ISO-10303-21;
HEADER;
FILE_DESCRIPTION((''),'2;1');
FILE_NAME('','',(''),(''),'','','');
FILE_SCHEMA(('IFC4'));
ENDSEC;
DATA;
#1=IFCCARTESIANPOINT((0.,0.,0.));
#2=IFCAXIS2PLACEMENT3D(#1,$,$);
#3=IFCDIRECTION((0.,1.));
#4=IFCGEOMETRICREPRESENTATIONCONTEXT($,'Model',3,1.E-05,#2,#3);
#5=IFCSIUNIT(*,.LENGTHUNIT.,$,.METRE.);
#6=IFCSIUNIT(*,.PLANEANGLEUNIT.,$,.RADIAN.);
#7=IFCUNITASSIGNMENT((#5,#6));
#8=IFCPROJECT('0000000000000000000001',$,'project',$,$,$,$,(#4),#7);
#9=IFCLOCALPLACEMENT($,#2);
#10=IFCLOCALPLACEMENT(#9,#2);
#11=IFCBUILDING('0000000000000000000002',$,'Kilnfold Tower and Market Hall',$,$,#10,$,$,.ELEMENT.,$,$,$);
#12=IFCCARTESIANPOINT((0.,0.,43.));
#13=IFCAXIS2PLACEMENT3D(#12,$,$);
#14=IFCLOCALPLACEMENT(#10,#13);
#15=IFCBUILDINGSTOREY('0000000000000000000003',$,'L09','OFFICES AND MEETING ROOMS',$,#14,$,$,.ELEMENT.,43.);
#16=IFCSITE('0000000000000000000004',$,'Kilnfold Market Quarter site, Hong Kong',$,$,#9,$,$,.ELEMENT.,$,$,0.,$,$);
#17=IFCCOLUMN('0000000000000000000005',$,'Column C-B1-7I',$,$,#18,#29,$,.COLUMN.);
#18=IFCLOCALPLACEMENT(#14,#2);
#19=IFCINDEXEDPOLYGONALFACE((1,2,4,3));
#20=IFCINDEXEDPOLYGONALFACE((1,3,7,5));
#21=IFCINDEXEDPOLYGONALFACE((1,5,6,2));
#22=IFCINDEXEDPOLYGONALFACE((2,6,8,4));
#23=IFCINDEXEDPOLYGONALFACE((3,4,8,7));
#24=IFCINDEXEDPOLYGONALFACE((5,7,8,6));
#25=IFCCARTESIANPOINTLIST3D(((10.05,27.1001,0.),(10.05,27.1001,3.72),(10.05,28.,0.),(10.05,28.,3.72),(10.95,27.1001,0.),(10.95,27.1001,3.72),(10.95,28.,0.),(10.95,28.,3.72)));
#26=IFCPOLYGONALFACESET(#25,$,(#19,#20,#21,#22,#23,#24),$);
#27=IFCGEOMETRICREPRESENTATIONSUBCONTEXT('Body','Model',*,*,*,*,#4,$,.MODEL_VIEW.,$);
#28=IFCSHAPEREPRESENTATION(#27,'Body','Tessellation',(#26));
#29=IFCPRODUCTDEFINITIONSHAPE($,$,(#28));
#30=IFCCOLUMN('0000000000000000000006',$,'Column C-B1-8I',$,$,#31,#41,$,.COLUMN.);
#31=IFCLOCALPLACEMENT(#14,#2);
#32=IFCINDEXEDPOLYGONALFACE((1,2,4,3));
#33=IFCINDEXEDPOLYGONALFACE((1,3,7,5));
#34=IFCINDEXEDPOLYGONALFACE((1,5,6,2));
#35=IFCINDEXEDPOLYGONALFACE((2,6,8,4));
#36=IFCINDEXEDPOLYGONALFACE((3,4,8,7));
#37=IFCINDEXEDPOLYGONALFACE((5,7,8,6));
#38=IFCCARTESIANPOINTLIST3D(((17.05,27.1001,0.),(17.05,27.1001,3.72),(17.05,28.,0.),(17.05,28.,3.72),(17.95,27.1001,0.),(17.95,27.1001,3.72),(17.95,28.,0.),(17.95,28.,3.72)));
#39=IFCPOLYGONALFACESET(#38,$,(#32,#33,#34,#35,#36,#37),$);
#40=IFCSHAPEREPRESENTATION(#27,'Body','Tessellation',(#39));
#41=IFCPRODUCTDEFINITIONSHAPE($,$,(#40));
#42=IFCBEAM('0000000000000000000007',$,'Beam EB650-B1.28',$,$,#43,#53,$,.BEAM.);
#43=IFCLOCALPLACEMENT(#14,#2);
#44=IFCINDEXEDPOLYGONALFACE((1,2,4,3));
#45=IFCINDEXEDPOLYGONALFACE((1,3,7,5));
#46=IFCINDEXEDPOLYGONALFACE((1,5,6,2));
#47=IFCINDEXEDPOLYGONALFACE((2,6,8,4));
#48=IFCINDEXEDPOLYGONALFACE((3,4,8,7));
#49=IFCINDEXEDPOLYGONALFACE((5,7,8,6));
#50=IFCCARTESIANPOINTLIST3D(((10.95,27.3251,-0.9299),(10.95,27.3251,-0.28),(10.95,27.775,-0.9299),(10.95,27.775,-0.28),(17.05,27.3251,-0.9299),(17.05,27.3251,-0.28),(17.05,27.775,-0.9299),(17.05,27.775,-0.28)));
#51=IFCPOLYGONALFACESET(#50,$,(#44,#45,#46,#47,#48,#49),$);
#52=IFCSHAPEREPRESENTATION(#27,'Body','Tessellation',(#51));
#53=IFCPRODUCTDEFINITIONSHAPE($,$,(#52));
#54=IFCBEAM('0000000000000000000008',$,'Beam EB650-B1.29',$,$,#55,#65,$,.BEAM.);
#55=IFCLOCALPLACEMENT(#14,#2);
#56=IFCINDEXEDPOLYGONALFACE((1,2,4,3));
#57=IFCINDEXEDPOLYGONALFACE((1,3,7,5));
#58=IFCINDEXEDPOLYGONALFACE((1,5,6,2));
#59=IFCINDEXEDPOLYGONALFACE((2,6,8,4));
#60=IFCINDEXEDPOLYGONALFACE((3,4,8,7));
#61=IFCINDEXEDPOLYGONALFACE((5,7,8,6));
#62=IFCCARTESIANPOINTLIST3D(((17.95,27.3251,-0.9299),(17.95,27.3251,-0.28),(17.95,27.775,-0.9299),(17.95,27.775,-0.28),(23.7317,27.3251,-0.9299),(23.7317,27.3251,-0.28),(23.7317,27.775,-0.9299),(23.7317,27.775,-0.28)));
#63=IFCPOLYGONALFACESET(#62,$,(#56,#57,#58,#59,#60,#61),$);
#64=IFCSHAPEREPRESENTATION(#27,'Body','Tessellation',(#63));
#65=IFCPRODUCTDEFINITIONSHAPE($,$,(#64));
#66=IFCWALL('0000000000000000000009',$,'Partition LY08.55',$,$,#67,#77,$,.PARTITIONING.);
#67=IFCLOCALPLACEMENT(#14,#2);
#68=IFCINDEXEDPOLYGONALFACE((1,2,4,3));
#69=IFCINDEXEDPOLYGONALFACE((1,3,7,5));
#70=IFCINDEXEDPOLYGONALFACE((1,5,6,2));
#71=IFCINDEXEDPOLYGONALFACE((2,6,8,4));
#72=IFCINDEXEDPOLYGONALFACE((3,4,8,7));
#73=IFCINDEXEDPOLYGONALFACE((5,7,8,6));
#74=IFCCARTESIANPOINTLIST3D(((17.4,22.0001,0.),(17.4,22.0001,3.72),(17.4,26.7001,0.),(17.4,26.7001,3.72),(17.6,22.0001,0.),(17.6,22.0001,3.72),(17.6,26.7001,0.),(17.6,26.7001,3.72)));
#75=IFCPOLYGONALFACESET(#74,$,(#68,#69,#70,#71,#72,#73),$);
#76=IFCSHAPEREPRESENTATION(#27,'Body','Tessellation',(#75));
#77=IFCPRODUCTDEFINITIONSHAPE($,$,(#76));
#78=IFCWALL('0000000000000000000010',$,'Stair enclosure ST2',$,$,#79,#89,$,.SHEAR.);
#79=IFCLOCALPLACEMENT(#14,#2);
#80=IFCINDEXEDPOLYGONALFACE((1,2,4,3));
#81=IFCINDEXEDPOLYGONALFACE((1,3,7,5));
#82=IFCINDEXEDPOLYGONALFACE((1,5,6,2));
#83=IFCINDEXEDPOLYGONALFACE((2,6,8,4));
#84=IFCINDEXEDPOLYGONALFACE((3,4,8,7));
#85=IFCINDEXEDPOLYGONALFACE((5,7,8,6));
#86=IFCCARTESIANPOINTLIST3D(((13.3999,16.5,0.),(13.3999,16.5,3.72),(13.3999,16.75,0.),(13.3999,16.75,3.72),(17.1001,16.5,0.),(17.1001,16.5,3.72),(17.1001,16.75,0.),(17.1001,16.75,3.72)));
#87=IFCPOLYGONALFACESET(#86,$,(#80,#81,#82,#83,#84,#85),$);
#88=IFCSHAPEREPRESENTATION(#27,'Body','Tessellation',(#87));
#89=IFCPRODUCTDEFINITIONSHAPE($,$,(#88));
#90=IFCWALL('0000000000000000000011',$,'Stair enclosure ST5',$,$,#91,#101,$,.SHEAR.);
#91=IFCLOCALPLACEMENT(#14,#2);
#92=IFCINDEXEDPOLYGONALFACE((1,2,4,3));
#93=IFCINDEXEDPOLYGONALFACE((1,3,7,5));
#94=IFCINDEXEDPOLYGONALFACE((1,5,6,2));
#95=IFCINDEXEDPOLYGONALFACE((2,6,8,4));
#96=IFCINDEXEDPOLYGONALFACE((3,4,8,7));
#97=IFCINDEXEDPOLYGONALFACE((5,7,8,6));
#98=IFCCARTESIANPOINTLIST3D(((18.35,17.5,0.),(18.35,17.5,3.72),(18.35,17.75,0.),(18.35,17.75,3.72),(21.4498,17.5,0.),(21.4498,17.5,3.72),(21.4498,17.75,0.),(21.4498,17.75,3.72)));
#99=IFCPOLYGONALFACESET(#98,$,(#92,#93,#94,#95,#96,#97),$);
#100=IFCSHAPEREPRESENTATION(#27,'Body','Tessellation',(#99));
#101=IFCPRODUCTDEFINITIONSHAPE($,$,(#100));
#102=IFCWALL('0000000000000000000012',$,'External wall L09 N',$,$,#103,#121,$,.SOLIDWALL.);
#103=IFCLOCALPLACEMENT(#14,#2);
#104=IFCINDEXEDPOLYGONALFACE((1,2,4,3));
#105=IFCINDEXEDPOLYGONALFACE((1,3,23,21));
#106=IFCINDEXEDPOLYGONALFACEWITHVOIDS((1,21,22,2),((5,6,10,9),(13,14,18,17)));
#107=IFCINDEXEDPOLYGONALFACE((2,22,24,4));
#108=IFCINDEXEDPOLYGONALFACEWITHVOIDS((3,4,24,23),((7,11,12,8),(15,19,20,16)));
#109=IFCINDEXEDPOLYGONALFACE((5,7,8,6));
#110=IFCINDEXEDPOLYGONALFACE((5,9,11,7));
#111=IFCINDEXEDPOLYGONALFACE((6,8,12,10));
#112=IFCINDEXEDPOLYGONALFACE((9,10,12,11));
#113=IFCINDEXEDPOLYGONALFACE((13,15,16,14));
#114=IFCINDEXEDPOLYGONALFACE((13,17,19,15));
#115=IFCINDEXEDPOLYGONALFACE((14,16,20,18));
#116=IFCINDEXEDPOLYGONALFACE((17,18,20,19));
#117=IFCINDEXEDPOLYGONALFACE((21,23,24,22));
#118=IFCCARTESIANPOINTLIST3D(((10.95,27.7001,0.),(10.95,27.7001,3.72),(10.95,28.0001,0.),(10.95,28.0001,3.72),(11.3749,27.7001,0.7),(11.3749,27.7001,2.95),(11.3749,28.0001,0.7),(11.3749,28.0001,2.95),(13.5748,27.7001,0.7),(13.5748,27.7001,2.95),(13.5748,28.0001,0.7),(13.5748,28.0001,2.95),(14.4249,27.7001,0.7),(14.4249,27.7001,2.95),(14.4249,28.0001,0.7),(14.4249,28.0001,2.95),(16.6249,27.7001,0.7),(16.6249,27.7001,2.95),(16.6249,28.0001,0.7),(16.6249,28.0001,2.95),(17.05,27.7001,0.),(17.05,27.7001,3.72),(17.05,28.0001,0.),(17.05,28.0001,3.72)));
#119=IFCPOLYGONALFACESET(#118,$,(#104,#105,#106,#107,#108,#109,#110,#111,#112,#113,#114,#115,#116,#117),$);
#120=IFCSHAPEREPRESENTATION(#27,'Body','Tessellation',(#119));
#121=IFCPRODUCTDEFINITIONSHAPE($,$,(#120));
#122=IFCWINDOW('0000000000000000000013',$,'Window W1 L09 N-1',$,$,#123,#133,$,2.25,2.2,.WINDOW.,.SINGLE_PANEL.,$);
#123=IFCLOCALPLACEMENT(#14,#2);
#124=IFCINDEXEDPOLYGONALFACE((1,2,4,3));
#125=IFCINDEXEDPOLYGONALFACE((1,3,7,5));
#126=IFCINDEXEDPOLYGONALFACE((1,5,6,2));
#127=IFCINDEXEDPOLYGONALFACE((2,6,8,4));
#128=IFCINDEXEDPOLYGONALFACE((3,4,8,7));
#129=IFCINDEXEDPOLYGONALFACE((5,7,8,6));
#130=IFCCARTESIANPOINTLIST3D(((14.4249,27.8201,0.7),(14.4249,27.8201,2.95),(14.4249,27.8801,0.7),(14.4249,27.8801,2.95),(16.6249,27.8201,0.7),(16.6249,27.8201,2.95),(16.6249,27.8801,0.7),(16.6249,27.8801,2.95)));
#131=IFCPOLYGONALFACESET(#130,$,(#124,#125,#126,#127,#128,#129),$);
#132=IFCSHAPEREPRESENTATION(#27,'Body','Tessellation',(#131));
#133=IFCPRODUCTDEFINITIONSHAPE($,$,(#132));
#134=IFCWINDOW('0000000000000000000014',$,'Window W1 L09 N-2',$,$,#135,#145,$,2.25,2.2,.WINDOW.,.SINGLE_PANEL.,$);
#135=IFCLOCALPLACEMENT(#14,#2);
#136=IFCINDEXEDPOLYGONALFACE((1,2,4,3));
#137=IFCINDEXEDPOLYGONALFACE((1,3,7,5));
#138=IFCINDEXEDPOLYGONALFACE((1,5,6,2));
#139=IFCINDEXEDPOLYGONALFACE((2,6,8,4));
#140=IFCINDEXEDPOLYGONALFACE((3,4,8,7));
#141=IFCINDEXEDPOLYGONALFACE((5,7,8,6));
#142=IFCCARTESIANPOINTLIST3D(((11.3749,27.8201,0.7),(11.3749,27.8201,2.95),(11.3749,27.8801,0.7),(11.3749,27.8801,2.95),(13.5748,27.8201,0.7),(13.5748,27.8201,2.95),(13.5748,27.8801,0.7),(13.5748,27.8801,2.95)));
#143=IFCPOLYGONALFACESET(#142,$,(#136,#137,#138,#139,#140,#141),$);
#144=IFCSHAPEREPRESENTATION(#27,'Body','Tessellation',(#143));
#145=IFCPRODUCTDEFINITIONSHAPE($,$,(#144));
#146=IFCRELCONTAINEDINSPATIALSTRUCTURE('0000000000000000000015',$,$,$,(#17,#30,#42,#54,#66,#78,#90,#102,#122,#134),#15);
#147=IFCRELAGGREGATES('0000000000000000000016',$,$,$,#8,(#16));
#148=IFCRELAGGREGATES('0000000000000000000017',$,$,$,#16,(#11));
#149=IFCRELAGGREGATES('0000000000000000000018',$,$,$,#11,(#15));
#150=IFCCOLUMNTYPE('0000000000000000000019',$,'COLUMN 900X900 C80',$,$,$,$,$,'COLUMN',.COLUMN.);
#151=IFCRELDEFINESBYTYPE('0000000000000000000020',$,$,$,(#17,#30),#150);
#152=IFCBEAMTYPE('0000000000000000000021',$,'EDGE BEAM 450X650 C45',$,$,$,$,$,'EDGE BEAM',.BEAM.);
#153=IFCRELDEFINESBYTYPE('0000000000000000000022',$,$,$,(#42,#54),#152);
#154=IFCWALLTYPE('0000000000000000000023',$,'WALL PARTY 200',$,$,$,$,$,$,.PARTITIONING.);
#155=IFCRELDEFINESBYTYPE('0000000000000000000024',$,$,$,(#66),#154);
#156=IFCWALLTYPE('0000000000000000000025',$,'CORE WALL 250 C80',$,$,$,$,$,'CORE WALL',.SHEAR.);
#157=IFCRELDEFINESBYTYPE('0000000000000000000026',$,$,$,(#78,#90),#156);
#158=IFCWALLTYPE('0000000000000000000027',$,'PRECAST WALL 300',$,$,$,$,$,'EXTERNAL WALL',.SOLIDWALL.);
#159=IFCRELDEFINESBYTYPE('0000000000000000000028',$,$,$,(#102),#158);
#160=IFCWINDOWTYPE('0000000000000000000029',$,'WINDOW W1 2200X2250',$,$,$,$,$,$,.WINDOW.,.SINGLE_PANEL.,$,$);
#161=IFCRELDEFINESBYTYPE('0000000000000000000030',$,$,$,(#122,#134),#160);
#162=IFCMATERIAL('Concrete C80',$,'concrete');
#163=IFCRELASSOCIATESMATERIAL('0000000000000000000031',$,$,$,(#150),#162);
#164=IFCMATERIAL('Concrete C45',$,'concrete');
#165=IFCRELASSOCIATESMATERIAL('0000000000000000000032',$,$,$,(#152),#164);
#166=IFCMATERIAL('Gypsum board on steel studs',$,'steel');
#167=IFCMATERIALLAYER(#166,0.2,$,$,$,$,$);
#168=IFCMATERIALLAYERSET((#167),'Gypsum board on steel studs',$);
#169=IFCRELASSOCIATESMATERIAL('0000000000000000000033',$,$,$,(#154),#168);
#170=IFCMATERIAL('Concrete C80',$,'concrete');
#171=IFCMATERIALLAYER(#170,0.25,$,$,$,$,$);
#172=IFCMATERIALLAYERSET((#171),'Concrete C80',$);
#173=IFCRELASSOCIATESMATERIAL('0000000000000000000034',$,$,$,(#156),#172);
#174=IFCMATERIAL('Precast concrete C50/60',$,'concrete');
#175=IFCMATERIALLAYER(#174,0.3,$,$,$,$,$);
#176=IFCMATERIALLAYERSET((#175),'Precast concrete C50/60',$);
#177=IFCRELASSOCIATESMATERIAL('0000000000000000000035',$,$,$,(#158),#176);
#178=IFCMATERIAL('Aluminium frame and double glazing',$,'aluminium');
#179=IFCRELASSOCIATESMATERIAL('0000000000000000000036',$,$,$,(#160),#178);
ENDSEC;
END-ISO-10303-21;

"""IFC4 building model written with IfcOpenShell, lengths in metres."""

from ifc_helpers import new_model, si_unit, direction, frame, frame_2d, origin, origin_2d, place, context, subcontext, project, spatial, rectangle, extrude, source, transform, mapped, material, layer, layer_set, material_profile, profile_set, type_object, element, fill, save


model = new_model("IFC4")

# Units and contexts
model_context = context("Model", 3, precision=1e-05, world=origin(), true_north=direction((0.0, 1.0)))
body_context = subcontext(model_context, "Body", "Model", "MODEL_VIEW")
ifc_project = project(units=[si_unit("LENGTHUNIT", "METRE"), si_unit("PLANEANGLEUNIT", "RADIAN")], contexts=[model_context])

# Site, building, storey
site_placement = place(None, origin())
site = spatial("IfcSite", under=ifc_project, at=site_placement, Name="Kilnfold Market Quarter site, Hong Kong", CompositionType="ELEMENT", RefElevation=0.0)
building_placement = place(site_placement, origin())
building = spatial("IfcBuilding", under=site, at=building_placement, Name="Kilnfold Tower and Market Hall", CompositionType="ELEMENT")
storey_placement = place(building_placement, frame((0.0, 0.0, 43.0)))
storey = spatial("IfcBuildingStorey", under=building, at=storey_placement, Name="L09", Description="OFFICES AND MEETING ROOMS", CompositionType="ELEMENT", Elevation=43.0)

# Columns
ifc_material_1 = material(Name="Concrete C80", Category="concrete")
ifc_material_profile_1 = material_profile(ifc_material_1, rectangle(XDim=0.8999, YDim=0.8999, at=origin_2d()), Name="RC 900x900")
ifc_profile_set_1 = profile_set([ifc_material_profile_1], Name="Concrete C80")
column_type = type_object("IfcColumnType", Name="COLUMN 900X900 C80", ElementType="COLUMN", PredefinedType="COLUMN", material=ifc_profile_set_1)
shared_shape_1 = source(origin(), body_context, "Body", "SweptSolid", [
    extrude(rectangle(XDim=0.8999, YDim=0.8999, at=origin_2d()), origin(), (0.0, 0.0, 1.0), 3.72),
])
for number, where, z_axis, x_axis, name in (
    (1, (10.5, 27.55, 0.0), (0.0, 0.0, 1.0), (1.0, 0.0, 0.0), "Column C-B1-7I"),
    (2, (17.5, 27.55, 0.0), (0.0, 0.0, 1.0), (1.0, 0.0, 0.0), "Column C-B1-8I"),
):
    element("IfcColumn", number, at=place(storey_placement, frame(where, z_axis=z_axis, x_axis=x_axis)), inside=storey, type_object=column_type, Name=name, PredefinedType="COLUMN", context=body_context, shape_type="MappedRepresentation", body=[
        mapped(shared_shape_1, transform((0.0, 0.0, 0.0))),
    ])

# Beams
ifc_material_2 = material(Name="Concrete C45", Category="concrete")
ifc_material_profile_2 = material_profile(ifc_material_2, rectangle(XDim=0.45, YDim=0.6499, at=origin_2d()), Name="RC 450x650")
ifc_profile_set_2 = profile_set([ifc_material_profile_2], Name="Concrete C45")
beam_type = type_object("IfcBeamType", Name="EDGE BEAM 450X650 C45", ElementType="EDGE BEAM", PredefinedType="BEAM", material=ifc_profile_set_2)
shared_shape_2 = source(origin(), body_context, "Body", "SweptSolid", [
    extrude(rectangle(XDim=0.45, YDim=0.6499, at=origin_2d()), origin(), (0.0, 0.0, 1.0), 6.1001),
])
beam_1_placement = place(storey_placement, frame((10.95, 27.55, -0.605), z_axis=(1.0, 0.0, 0.0), x_axis=(0.0, 1.0, 0.0)))
element("IfcBeam", 3, at=beam_1_placement, inside=storey, type_object=beam_type, Name="Beam EB650-B1.28", PredefinedType="BEAM", context=body_context, shape_type="MappedRepresentation", body=[
    mapped(shared_shape_2, transform((0.0, 0.0, 0.0))),
])
shared_shape_3 = source(origin(), body_context, "Body", "SweptSolid", [
    extrude(rectangle(XDim=0.45, YDim=0.6499, at=origin_2d()), origin(), (0.0, 0.0, 1.0), 5.7817),
])
beam_2_placement = place(storey_placement, frame((17.95, 27.55, -0.605), z_axis=(1.0, 0.0, 0.0), x_axis=(0.0, 1.0, 0.0)))
element("IfcBeam", 4, at=beam_2_placement, inside=storey, type_object=beam_type, Name="Beam EB650-B1.29", PredefinedType="BEAM", context=body_context, shape_type="MappedRepresentation", body=[
    mapped(shared_shape_3, transform((0.0, 0.0, 0.0))),
])

# Walls
ifc_material_3 = material(Name="Gypsum board on steel studs", Category="steel")
ifc_layer_1 = layer(ifc_material_3, 0.2)
ifc_layer_set_1 = layer_set([ifc_layer_1], Name="Gypsum board on steel studs")
wall_type_1 = type_object("IfcWallType", Name="WALL PARTY 200", PredefinedType="PARTITIONING", material=ifc_layer_set_1)
wall_1_placement = place(storey_placement, frame((17.5, 22.0, 0.0), z_axis=(0.0, 0.0, 1.0), x_axis=(0.0, 1.0, 0.0)))
element("IfcWall", 5, at=wall_1_placement, inside=storey, type_object=wall_type_1, Name="Partition LY08.55", PredefinedType="PARTITIONING", context=body_context, shape_type="SweptSolid", body=[
    extrude(rectangle(XDim=4.7, YDim=0.2, at=frame_2d((2.3501, 0.0))), origin(), (0.0, 0.0, 1.0), 3.72),
])
ifc_material_4 = material(Name="Concrete C80", Category="concrete")
ifc_layer_2 = layer(ifc_material_4, 0.25)
ifc_layer_set_2 = layer_set([ifc_layer_2], Name="Concrete C80")
wall_type_2 = type_object("IfcWallType", Name="CORE WALL 250 C80", ElementType="CORE WALL", PredefinedType="SHEAR", material=ifc_layer_set_2)
shared_shape_4 = source(origin(), body_context, "Body", "SweptSolid", [
    extrude(rectangle(XDim=3.7002, YDim=0.25, at=frame_2d((1.8501, 0.0))), origin(), (0.0, 0.0, 1.0), 3.72),
])
wall_2_placement = place(storey_placement, frame((13.3999, 16.625, 0.0), z_axis=(0.0, 0.0, 1.0), x_axis=(1.0, 0.0, 0.0)))
element("IfcWall", 6, at=wall_2_placement, inside=storey, type_object=wall_type_2, Name="Stair enclosure ST2", PredefinedType="SHEAR", context=body_context, shape_type="MappedRepresentation", body=[
    mapped(shared_shape_4, transform((0.0, 0.0, 0.0))),
])
shared_shape_5 = source(origin(), body_context, "Body", "SweptSolid", [
    extrude(rectangle(XDim=3.0999, YDim=0.25, at=frame_2d((1.5498, 0.0))), origin(), (0.0, 0.0, 1.0), 3.72),
])
wall_3_placement = place(storey_placement, frame((18.3501, 17.625, 0.0), z_axis=(0.0, 0.0, 1.0), x_axis=(1.0, 0.0, 0.0)))
element("IfcWall", 7, at=wall_3_placement, inside=storey, type_object=wall_type_2, Name="Stair enclosure ST5", PredefinedType="SHEAR", context=body_context, shape_type="MappedRepresentation", body=[
    mapped(shared_shape_5, transform((0.0, 0.0, 0.0))),
])

# Wall, openings, windows
ifc_material_5 = material(Name="Precast concrete C50/60", Category="concrete")
ifc_layer_3 = layer(ifc_material_5, 0.3)
ifc_layer_set_3 = layer_set([ifc_layer_3], Name="Precast concrete C50/60")
wall_type_3 = type_object("IfcWallType", Name="PRECAST WALL 300", ElementType="EXTERNAL WALL", PredefinedType="SOLIDWALL", material=ifc_layer_set_3)
shared_shape_6 = source(origin(), body_context, "Body", "SweptSolid", [
    extrude(rectangle(XDim=6.1001, YDim=0.3, at=frame_2d((3.05, 0.0))), origin(), (0.0, 0.0, 1.0), 3.72),
])
wall_4_placement = place(storey_placement, frame((17.05, 27.8501, 0.0), z_axis=(0.0, 0.0, 1.0), x_axis=(-1.0, 0.0, 0.0)))
wall_4 = element("IfcWall", 8, at=wall_4_placement, inside=storey, type_object=wall_type_3, Name="External wall L09 N", PredefinedType="SOLIDWALL", context=body_context, shape_type="MappedRepresentation", body=[
    mapped(shared_shape_6, transform((0.0, 0.0, 0.0))),
])
opening_1_placement = place(wall_4_placement, frame((0.425, 0.0, 0.7)))
opening_1 = element("IfcOpeningElement", 9, at=opening_1_placement, cuts=wall_4, PredefinedType="OPENING", context=body_context, shape_type="SweptSolid", body=[
    extrude(rectangle(XDim=2.2, YDim=2.25, at=frame_2d((1.1001, 1.125))), frame((0.0, 0.1602, 0.0), z_axis=(0.0, -1.0, 0.0), x_axis=(1.0, 0.0, 0.0)), (0.0, 0.0, 1.0), 0.3201),
])
opening_2_placement = place(wall_4_placement, frame((3.4751, 0.0, 0.7)))
opening_2 = element("IfcOpeningElement", 10, at=opening_2_placement, cuts=wall_4, PredefinedType="OPENING", context=body_context, shape_type="SweptSolid", body=[
    extrude(rectangle(XDim=2.2, YDim=2.25, at=frame_2d((1.1001, 1.125))), frame((0.0, 0.1602, 0.0), z_axis=(0.0, -1.0, 0.0), x_axis=(1.0, 0.0, 0.0)), (0.0, 0.0, 1.0), 0.3201),
])
ifc_material_6 = material(Name="Aluminium frame and double glazing", Category="aluminium")
window_type = type_object("IfcWindowType", Name="WINDOW W1 2200X2250", PartitioningType="SINGLE_PANEL", PredefinedType="WINDOW", material=ifc_material_6)
window_1_placement = place(opening_1_placement, origin())
window_1 = element("IfcWindow", 11, at=window_1_placement, inside=storey, type_object=window_type, Name="Window W1 L09 N-1", OverallHeight=2.25, OverallWidth=2.2, PartitioningType="SINGLE_PANEL", PredefinedType="WINDOW", context=body_context, shape_type="SweptSolid", body=[
    extrude(rectangle(XDim=2.2, YDim=2.25, at=frame_2d((1.1001, 1.125))), frame((0.0, 0.03, 0.0), z_axis=(0.0, -1.0, 0.0), x_axis=(1.0, 0.0, 0.0)), (0.0, 0.0, 1.0), 0.0601),
])
fill(opening_1, window_1)
window_2_placement = place(opening_2_placement, origin())
window_2 = element("IfcWindow", 12, at=window_2_placement, inside=storey, type_object=window_type, Name="Window W1 L09 N-2", OverallHeight=2.25, OverallWidth=2.2, PartitioningType="SINGLE_PANEL", PredefinedType="WINDOW", context=body_context, shape_type="SweptSolid", body=[
    extrude(rectangle(XDim=2.2, YDim=2.25, at=frame_2d((1.1001, 1.125))), frame((0.0, 0.03, 0.0), z_axis=(0.0, -1.0, 0.0), x_axis=(1.0, 0.0, 0.0)), (0.0, 0.0, 1.0), 0.0601),
])
fill(opening_2, window_2)

save(model, "model.ifc")
